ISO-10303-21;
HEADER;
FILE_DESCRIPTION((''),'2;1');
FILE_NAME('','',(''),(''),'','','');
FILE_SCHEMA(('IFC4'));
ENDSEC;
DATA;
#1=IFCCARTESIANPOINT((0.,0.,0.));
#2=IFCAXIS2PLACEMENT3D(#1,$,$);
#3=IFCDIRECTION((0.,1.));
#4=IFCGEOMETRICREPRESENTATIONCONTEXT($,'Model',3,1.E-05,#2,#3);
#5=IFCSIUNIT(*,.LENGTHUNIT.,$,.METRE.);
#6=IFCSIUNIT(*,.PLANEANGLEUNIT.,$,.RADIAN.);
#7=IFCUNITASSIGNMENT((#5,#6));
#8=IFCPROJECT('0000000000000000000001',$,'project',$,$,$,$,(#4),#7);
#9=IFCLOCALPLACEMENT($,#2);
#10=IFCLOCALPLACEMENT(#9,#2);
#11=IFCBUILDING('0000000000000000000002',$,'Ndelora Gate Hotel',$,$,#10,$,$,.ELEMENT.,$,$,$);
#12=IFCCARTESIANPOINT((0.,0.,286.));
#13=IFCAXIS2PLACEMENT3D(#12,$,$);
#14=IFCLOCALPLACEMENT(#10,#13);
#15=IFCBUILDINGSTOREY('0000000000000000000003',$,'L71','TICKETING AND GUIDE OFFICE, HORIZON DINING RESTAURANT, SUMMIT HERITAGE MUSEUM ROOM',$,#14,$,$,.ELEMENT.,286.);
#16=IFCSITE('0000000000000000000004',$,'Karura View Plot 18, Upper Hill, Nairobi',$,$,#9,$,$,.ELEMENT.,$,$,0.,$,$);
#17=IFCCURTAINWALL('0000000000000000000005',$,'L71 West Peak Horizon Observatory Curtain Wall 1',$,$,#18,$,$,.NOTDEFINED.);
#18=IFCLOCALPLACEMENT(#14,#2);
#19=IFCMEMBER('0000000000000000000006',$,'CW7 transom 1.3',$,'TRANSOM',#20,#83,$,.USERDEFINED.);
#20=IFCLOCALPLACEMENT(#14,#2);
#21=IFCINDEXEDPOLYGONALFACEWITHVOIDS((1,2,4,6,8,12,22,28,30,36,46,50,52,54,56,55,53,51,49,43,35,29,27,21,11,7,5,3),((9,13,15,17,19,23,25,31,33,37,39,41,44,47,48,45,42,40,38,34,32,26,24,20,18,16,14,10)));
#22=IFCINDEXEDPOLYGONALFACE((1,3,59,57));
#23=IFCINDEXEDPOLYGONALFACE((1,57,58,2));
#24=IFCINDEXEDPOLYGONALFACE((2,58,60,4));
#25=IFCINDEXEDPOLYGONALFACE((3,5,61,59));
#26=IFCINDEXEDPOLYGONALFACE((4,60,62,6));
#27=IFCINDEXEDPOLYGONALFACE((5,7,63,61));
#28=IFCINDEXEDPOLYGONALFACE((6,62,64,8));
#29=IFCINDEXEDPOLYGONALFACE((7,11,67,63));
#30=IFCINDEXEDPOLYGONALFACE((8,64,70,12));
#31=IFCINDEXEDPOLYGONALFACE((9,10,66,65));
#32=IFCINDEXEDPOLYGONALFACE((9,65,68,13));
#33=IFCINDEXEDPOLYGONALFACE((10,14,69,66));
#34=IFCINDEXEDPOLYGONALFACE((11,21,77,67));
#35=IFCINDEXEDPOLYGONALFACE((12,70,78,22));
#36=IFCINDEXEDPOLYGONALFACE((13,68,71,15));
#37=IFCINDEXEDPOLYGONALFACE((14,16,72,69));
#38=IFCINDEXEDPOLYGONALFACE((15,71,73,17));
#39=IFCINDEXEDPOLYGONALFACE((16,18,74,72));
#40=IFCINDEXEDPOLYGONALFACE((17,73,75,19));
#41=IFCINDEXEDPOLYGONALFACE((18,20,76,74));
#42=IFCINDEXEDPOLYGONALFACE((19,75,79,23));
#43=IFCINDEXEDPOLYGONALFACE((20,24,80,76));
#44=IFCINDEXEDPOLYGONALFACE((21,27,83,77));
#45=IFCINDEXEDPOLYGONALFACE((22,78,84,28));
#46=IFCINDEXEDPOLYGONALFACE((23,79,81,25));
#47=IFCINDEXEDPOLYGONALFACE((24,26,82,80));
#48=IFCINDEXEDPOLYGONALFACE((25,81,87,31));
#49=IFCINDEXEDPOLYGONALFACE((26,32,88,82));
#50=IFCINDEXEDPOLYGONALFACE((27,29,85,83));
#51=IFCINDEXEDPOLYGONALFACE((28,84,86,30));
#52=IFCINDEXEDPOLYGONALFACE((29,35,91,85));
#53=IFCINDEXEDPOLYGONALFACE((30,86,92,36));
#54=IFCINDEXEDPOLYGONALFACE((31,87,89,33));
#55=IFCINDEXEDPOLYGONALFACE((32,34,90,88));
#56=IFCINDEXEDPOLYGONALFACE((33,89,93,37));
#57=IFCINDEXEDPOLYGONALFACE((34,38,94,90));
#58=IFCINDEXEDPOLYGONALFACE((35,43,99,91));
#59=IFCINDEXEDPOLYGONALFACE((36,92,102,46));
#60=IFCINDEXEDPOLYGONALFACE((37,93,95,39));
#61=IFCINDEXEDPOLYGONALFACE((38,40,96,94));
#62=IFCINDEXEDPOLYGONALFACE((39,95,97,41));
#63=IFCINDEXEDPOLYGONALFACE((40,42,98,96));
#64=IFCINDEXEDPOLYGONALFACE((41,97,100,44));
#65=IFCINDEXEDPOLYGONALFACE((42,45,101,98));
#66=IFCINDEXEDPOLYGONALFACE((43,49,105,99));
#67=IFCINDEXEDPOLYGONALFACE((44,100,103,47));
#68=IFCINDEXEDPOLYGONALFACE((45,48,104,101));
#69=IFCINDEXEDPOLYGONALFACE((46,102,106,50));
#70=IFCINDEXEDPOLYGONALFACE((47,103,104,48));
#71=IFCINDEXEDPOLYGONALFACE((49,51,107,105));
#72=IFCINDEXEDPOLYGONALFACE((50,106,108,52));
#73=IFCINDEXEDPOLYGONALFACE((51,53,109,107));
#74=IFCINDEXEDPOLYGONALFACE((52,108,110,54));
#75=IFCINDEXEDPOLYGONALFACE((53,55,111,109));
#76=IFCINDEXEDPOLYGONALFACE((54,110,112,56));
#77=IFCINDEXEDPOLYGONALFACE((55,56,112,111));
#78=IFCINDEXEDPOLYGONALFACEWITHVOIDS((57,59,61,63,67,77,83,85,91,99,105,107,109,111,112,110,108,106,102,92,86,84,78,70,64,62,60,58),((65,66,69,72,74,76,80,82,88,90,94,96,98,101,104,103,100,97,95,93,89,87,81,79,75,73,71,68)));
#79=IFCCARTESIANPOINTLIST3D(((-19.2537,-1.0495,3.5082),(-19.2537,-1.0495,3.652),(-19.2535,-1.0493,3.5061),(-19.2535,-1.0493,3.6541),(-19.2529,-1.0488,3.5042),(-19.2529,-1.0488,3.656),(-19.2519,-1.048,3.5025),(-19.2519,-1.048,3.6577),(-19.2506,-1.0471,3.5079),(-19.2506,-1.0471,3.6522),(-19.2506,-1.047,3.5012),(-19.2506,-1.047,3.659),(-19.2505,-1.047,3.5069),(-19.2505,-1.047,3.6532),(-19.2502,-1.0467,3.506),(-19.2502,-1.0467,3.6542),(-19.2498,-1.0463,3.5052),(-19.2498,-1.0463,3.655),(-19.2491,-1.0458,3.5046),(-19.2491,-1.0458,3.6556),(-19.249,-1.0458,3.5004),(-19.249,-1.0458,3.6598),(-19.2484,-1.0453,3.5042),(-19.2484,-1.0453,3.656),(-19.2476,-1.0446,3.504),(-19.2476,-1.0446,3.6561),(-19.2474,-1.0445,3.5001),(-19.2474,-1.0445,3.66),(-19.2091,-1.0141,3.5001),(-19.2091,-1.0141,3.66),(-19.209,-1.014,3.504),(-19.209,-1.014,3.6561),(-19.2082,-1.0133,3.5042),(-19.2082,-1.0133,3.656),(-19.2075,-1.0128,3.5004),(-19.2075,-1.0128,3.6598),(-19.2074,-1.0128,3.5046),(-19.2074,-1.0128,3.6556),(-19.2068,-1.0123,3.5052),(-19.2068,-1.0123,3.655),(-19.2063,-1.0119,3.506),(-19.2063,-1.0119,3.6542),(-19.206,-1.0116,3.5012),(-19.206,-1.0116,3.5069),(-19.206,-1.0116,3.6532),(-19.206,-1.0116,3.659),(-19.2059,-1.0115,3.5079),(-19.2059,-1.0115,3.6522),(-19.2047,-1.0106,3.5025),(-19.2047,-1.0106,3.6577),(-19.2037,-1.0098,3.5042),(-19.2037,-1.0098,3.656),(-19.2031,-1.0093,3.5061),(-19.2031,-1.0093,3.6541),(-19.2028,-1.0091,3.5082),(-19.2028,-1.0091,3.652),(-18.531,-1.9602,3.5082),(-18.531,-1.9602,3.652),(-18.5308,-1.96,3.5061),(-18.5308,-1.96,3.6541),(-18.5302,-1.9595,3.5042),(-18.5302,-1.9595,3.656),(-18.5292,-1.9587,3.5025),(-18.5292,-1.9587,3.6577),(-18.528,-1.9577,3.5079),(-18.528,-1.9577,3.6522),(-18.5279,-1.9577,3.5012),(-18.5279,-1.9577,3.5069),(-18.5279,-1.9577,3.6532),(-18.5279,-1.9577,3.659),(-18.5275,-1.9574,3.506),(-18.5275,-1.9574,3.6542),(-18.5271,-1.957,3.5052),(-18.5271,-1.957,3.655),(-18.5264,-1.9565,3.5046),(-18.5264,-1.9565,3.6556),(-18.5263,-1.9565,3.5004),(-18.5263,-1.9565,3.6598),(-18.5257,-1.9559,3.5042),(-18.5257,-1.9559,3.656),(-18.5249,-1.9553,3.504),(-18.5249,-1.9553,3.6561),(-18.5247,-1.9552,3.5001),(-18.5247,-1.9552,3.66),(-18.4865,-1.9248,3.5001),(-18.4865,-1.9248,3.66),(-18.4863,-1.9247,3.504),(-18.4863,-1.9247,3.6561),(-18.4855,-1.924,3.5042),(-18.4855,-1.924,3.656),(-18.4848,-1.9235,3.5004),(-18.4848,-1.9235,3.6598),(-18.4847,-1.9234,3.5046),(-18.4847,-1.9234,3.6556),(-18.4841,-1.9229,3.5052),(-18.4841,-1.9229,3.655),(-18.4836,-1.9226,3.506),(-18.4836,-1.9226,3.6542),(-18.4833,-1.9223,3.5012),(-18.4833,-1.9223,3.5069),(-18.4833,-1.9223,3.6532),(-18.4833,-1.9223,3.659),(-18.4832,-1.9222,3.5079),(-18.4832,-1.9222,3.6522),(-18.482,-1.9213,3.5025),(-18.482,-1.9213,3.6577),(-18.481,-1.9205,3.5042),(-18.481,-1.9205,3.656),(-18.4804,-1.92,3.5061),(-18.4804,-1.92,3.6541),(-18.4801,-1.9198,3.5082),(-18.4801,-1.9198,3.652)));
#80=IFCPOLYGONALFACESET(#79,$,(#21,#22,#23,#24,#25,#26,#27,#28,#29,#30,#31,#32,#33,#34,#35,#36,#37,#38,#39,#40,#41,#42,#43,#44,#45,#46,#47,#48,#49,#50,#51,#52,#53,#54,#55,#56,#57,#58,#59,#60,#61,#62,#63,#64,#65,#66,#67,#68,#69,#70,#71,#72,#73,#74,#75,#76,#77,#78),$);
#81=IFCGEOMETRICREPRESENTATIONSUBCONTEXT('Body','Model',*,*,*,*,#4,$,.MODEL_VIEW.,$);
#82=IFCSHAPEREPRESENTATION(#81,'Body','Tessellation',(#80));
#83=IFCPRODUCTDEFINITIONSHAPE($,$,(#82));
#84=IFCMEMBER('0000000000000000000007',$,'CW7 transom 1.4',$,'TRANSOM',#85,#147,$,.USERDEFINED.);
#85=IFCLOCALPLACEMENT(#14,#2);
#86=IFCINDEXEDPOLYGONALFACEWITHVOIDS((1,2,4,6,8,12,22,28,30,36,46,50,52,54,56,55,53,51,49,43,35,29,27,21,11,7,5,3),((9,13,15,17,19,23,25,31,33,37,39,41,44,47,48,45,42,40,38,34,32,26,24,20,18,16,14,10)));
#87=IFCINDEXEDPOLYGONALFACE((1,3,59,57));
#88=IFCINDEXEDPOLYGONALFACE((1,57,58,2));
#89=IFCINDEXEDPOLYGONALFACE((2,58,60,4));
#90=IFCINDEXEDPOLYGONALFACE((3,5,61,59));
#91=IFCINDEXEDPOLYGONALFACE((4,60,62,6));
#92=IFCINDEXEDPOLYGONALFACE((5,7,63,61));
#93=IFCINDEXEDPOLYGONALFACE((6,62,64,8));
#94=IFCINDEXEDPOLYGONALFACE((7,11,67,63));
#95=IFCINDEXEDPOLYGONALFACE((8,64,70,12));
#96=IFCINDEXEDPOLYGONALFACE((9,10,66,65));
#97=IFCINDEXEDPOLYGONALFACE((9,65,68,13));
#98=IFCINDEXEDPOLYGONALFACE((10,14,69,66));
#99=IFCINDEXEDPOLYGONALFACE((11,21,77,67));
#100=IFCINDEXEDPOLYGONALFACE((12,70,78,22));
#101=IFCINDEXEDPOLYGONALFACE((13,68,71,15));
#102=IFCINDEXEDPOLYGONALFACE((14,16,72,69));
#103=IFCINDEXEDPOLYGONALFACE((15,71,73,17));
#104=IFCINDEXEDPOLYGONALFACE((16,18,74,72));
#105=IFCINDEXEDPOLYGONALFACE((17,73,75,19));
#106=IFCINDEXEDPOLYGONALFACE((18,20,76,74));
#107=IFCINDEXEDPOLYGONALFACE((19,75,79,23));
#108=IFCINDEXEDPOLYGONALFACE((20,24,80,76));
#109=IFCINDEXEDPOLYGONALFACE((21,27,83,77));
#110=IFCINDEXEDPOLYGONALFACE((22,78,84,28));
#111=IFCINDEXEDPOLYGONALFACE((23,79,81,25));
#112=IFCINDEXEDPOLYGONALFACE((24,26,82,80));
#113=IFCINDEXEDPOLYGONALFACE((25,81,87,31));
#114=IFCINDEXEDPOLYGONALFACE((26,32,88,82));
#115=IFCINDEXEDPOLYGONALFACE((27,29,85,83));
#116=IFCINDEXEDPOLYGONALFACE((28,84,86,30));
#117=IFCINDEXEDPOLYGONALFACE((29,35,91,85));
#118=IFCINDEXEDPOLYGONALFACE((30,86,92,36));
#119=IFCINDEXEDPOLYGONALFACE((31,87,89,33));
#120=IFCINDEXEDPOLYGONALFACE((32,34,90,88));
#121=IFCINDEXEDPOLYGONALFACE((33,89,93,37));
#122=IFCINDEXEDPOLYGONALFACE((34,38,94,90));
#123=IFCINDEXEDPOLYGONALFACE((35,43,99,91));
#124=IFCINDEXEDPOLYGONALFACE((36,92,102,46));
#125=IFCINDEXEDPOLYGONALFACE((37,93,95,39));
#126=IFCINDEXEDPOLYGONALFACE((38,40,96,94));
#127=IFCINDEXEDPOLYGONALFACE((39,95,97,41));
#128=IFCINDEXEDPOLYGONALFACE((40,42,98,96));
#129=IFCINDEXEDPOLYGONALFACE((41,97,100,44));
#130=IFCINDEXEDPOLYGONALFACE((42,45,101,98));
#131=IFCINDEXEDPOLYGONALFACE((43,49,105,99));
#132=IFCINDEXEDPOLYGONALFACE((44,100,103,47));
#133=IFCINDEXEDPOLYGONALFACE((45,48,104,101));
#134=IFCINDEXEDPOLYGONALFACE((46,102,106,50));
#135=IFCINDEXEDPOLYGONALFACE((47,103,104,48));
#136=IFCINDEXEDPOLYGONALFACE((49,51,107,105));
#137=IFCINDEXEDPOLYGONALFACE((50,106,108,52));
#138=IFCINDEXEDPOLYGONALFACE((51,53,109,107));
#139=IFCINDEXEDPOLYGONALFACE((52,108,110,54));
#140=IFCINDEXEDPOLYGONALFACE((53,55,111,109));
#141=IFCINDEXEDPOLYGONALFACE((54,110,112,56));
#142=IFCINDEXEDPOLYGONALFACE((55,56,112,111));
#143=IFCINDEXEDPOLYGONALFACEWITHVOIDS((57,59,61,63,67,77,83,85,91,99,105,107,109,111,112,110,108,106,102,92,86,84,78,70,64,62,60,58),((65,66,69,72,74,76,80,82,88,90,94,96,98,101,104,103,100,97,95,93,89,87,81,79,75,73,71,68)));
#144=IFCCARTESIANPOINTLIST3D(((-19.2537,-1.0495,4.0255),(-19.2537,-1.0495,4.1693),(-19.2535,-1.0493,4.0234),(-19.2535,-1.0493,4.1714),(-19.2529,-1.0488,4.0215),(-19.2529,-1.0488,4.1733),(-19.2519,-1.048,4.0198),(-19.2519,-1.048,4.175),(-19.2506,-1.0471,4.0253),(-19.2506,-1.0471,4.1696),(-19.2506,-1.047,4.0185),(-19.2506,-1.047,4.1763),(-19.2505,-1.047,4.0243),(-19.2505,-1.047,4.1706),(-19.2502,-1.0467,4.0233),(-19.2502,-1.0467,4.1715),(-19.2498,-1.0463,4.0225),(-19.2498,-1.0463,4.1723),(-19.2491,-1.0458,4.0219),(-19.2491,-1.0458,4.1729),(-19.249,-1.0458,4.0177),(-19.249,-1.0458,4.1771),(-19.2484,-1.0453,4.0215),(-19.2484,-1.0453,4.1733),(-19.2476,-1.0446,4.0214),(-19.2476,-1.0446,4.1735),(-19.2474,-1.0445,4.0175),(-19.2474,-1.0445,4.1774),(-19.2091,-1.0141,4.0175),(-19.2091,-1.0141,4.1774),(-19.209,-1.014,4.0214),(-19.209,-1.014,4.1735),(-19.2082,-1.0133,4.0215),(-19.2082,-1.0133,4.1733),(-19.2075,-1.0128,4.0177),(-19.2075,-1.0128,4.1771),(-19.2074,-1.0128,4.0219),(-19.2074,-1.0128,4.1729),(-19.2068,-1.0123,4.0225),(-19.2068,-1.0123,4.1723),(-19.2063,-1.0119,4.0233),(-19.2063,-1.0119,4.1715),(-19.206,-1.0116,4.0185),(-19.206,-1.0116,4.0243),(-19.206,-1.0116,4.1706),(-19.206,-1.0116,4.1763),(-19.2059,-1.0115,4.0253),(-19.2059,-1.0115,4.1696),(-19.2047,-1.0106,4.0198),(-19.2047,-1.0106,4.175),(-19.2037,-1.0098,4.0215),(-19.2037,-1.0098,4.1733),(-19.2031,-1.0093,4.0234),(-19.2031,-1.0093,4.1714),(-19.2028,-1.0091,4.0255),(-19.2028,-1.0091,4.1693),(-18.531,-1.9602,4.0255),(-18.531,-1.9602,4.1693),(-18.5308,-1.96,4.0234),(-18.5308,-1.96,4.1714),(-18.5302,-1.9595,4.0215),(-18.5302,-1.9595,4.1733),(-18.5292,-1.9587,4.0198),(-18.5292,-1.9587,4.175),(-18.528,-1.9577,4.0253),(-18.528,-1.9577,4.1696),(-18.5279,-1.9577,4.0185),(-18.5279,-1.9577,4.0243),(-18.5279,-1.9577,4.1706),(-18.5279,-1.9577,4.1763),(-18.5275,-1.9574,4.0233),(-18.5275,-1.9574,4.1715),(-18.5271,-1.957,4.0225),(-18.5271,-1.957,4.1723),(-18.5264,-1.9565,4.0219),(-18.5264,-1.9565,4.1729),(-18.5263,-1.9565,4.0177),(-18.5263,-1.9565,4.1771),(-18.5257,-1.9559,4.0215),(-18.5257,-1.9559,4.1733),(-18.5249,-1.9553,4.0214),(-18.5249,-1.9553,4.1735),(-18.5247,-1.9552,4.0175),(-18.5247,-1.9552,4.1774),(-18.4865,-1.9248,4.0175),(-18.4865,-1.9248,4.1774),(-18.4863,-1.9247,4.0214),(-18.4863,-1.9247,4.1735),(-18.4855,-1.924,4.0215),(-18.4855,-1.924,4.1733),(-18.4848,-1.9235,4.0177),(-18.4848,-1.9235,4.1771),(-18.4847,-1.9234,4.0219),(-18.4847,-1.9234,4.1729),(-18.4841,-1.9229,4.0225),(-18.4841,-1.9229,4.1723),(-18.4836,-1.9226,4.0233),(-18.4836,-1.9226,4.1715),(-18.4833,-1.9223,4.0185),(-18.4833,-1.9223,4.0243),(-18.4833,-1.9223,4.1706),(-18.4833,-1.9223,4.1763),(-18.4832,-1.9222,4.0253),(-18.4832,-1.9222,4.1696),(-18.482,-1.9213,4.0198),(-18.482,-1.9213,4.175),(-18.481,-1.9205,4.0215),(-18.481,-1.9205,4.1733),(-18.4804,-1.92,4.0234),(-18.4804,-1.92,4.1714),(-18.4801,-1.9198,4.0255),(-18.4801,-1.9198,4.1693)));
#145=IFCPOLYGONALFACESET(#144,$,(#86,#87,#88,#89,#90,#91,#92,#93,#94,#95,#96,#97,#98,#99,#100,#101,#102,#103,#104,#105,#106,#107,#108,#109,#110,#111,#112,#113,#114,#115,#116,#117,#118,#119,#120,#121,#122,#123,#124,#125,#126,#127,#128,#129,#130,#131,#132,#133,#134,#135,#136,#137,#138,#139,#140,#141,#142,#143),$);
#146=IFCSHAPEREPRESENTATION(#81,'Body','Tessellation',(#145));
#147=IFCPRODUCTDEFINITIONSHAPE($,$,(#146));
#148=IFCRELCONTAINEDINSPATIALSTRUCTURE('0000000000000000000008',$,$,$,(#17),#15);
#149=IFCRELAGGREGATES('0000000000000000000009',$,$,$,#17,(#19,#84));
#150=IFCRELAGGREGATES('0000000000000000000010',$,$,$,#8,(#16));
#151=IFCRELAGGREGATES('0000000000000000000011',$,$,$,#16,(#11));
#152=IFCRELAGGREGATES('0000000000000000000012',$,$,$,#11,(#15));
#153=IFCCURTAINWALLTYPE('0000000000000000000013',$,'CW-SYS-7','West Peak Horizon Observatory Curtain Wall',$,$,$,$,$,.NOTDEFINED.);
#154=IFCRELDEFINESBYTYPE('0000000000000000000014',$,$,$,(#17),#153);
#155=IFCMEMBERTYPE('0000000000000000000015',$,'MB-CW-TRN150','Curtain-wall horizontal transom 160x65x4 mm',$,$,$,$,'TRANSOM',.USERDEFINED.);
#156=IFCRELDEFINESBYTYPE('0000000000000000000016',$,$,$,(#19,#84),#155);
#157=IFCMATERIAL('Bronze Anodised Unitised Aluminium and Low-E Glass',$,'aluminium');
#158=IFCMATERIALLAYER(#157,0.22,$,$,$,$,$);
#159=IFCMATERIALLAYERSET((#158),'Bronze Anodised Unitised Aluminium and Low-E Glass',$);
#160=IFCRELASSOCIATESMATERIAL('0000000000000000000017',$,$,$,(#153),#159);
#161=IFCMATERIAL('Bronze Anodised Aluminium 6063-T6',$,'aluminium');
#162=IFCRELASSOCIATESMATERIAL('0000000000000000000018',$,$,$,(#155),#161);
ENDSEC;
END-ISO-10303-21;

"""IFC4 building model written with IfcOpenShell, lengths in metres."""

from ifc_helpers import new_model, si_unit, direction, frame, origin, origin_2d, place, context, subcontext, project, spatial, hollow_rectangle, extrude, material, layer, layer_set, material_profile, profile_set, type_object, element, aggregate, save


model = new_model("IFC4")

# Units and contexts
model_context = context("Model", 3, precision=1e-05, world=origin(), true_north=direction((0.0, 1.0)))
body_context = subcontext(model_context, "Body", "Model", "MODEL_VIEW")
ifc_project = project(units=[si_unit("LENGTHUNIT", "METRE"), si_unit("PLANEANGLEUNIT", "RADIAN")], contexts=[model_context])

# Site, building, storey
site_placement = place(None, origin())
site = spatial("IfcSite", under=ifc_project, at=site_placement, Name="Karura View Plot 18, Upper Hill, Nairobi", CompositionType="ELEMENT", RefElevation=0.0)
building_placement = place(site_placement, origin())
building = spatial("IfcBuilding", under=site, at=building_placement, Name="Ndelora Gate Hotel", CompositionType="ELEMENT")
storey_placement = place(building_placement, frame((0.0, 0.0, 286.0)))
storey = spatial("IfcBuildingStorey", under=building, at=storey_placement, Name="L71", Description="TICKETING AND GUIDE OFFICE, HORIZON DINING RESTAURANT, SUMMIT HERITAGE MUSEUM ROOM", CompositionType="ELEMENT", Elevation=286.0)

# Curtain wall
ifc_material_1 = material(Name="Bronze Anodised Unitised Aluminium and Low-E Glass", Category="aluminium")
ifc_layer_1 = layer(ifc_material_1, 0.22)
ifc_layer_set_1 = layer_set([ifc_layer_1], Name="Bronze Anodised Unitised Aluminium and Low-E Glass")
curtain_wall_type = type_object("IfcCurtainWallType", Name="CW-SYS-7", Description="West Peak Horizon Observatory Curtain Wall", PredefinedType="NOTDEFINED", material=ifc_layer_set_1)
curtain_wall_1_placement = place(storey_placement, origin())
curtain_wall_1 = element("IfcCurtainWall", 1, at=curtain_wall_1_placement, inside=storey, type_object=curtain_wall_type, Name="L71 West Peak Horizon Observatory Curtain Wall 1", PredefinedType="NOTDEFINED")
ifc_material_2 = material(Name="Bronze Anodised Aluminium 6063-T6", Category="aluminium")

# Members
ifc_material_profile_1 = material_profile(ifc_material_2, hollow_rectangle(XDim=0.0649, YDim=0.1599, WallThickness=0.0039, InnerFilletRadius=0.0039, OuterFilletRadius=0.0081, at=origin_2d()), Name="ALU 160x65x4")
ifc_profile_set_1 = profile_set([ifc_material_profile_1], Name="Bronze Anodised Aluminium 6063-T6")
member_type_1 = type_object("IfcMemberType", Name="MB-CW-TRN150", Description="Curtain-wall horizontal transom 160x65x4 mm", ElementType="TRANSOM", PredefinedType="USERDEFINED", material=ifc_profile_set_1)
member_1_placement = place(storey_placement, frame((-19.2283, -1.0293, 3.5801), z_axis=(0.621617, -0.783321, 0.0), x_axis=(0.783321, 0.621617, 0.0)))
member_1 = element("IfcMember", 2, at=member_1_placement, type_object=member_type_1, Name="CW7 transom 1.3", ObjectType="TRANSOM", PredefinedType="USERDEFINED", context=body_context, shape_type="SweptSolid", body=[
    extrude(hollow_rectangle(XDim=0.0649, YDim=0.1599, WallThickness=0.0039, InnerFilletRadius=0.0039, OuterFilletRadius=0.0081, at=origin_2d()), origin(), (0.0, 0.0, 1.0), 1.1626),
])
member_2_placement = place(storey_placement, frame((-19.2283, -1.0293, 4.0974), z_axis=(0.621617, -0.783321, 0.0), x_axis=(0.783321, 0.621617, 0.0)))
member_2 = element("IfcMember", 3, at=member_2_placement, type_object=member_type_1, Name="CW7 transom 1.4", ObjectType="TRANSOM", PredefinedType="USERDEFINED", context=body_context, shape_type="SweptSolid", body=[
    extrude(hollow_rectangle(XDim=0.0649, YDim=0.1599, WallThickness=0.0039, InnerFilletRadius=0.0039, OuterFilletRadius=0.0081, at=origin_2d()), origin(), (0.0, 0.0, 1.0), 1.1626),
])

aggregate(curtain_wall_1, [member_1, member_2])

save(model, "model.ifc")
